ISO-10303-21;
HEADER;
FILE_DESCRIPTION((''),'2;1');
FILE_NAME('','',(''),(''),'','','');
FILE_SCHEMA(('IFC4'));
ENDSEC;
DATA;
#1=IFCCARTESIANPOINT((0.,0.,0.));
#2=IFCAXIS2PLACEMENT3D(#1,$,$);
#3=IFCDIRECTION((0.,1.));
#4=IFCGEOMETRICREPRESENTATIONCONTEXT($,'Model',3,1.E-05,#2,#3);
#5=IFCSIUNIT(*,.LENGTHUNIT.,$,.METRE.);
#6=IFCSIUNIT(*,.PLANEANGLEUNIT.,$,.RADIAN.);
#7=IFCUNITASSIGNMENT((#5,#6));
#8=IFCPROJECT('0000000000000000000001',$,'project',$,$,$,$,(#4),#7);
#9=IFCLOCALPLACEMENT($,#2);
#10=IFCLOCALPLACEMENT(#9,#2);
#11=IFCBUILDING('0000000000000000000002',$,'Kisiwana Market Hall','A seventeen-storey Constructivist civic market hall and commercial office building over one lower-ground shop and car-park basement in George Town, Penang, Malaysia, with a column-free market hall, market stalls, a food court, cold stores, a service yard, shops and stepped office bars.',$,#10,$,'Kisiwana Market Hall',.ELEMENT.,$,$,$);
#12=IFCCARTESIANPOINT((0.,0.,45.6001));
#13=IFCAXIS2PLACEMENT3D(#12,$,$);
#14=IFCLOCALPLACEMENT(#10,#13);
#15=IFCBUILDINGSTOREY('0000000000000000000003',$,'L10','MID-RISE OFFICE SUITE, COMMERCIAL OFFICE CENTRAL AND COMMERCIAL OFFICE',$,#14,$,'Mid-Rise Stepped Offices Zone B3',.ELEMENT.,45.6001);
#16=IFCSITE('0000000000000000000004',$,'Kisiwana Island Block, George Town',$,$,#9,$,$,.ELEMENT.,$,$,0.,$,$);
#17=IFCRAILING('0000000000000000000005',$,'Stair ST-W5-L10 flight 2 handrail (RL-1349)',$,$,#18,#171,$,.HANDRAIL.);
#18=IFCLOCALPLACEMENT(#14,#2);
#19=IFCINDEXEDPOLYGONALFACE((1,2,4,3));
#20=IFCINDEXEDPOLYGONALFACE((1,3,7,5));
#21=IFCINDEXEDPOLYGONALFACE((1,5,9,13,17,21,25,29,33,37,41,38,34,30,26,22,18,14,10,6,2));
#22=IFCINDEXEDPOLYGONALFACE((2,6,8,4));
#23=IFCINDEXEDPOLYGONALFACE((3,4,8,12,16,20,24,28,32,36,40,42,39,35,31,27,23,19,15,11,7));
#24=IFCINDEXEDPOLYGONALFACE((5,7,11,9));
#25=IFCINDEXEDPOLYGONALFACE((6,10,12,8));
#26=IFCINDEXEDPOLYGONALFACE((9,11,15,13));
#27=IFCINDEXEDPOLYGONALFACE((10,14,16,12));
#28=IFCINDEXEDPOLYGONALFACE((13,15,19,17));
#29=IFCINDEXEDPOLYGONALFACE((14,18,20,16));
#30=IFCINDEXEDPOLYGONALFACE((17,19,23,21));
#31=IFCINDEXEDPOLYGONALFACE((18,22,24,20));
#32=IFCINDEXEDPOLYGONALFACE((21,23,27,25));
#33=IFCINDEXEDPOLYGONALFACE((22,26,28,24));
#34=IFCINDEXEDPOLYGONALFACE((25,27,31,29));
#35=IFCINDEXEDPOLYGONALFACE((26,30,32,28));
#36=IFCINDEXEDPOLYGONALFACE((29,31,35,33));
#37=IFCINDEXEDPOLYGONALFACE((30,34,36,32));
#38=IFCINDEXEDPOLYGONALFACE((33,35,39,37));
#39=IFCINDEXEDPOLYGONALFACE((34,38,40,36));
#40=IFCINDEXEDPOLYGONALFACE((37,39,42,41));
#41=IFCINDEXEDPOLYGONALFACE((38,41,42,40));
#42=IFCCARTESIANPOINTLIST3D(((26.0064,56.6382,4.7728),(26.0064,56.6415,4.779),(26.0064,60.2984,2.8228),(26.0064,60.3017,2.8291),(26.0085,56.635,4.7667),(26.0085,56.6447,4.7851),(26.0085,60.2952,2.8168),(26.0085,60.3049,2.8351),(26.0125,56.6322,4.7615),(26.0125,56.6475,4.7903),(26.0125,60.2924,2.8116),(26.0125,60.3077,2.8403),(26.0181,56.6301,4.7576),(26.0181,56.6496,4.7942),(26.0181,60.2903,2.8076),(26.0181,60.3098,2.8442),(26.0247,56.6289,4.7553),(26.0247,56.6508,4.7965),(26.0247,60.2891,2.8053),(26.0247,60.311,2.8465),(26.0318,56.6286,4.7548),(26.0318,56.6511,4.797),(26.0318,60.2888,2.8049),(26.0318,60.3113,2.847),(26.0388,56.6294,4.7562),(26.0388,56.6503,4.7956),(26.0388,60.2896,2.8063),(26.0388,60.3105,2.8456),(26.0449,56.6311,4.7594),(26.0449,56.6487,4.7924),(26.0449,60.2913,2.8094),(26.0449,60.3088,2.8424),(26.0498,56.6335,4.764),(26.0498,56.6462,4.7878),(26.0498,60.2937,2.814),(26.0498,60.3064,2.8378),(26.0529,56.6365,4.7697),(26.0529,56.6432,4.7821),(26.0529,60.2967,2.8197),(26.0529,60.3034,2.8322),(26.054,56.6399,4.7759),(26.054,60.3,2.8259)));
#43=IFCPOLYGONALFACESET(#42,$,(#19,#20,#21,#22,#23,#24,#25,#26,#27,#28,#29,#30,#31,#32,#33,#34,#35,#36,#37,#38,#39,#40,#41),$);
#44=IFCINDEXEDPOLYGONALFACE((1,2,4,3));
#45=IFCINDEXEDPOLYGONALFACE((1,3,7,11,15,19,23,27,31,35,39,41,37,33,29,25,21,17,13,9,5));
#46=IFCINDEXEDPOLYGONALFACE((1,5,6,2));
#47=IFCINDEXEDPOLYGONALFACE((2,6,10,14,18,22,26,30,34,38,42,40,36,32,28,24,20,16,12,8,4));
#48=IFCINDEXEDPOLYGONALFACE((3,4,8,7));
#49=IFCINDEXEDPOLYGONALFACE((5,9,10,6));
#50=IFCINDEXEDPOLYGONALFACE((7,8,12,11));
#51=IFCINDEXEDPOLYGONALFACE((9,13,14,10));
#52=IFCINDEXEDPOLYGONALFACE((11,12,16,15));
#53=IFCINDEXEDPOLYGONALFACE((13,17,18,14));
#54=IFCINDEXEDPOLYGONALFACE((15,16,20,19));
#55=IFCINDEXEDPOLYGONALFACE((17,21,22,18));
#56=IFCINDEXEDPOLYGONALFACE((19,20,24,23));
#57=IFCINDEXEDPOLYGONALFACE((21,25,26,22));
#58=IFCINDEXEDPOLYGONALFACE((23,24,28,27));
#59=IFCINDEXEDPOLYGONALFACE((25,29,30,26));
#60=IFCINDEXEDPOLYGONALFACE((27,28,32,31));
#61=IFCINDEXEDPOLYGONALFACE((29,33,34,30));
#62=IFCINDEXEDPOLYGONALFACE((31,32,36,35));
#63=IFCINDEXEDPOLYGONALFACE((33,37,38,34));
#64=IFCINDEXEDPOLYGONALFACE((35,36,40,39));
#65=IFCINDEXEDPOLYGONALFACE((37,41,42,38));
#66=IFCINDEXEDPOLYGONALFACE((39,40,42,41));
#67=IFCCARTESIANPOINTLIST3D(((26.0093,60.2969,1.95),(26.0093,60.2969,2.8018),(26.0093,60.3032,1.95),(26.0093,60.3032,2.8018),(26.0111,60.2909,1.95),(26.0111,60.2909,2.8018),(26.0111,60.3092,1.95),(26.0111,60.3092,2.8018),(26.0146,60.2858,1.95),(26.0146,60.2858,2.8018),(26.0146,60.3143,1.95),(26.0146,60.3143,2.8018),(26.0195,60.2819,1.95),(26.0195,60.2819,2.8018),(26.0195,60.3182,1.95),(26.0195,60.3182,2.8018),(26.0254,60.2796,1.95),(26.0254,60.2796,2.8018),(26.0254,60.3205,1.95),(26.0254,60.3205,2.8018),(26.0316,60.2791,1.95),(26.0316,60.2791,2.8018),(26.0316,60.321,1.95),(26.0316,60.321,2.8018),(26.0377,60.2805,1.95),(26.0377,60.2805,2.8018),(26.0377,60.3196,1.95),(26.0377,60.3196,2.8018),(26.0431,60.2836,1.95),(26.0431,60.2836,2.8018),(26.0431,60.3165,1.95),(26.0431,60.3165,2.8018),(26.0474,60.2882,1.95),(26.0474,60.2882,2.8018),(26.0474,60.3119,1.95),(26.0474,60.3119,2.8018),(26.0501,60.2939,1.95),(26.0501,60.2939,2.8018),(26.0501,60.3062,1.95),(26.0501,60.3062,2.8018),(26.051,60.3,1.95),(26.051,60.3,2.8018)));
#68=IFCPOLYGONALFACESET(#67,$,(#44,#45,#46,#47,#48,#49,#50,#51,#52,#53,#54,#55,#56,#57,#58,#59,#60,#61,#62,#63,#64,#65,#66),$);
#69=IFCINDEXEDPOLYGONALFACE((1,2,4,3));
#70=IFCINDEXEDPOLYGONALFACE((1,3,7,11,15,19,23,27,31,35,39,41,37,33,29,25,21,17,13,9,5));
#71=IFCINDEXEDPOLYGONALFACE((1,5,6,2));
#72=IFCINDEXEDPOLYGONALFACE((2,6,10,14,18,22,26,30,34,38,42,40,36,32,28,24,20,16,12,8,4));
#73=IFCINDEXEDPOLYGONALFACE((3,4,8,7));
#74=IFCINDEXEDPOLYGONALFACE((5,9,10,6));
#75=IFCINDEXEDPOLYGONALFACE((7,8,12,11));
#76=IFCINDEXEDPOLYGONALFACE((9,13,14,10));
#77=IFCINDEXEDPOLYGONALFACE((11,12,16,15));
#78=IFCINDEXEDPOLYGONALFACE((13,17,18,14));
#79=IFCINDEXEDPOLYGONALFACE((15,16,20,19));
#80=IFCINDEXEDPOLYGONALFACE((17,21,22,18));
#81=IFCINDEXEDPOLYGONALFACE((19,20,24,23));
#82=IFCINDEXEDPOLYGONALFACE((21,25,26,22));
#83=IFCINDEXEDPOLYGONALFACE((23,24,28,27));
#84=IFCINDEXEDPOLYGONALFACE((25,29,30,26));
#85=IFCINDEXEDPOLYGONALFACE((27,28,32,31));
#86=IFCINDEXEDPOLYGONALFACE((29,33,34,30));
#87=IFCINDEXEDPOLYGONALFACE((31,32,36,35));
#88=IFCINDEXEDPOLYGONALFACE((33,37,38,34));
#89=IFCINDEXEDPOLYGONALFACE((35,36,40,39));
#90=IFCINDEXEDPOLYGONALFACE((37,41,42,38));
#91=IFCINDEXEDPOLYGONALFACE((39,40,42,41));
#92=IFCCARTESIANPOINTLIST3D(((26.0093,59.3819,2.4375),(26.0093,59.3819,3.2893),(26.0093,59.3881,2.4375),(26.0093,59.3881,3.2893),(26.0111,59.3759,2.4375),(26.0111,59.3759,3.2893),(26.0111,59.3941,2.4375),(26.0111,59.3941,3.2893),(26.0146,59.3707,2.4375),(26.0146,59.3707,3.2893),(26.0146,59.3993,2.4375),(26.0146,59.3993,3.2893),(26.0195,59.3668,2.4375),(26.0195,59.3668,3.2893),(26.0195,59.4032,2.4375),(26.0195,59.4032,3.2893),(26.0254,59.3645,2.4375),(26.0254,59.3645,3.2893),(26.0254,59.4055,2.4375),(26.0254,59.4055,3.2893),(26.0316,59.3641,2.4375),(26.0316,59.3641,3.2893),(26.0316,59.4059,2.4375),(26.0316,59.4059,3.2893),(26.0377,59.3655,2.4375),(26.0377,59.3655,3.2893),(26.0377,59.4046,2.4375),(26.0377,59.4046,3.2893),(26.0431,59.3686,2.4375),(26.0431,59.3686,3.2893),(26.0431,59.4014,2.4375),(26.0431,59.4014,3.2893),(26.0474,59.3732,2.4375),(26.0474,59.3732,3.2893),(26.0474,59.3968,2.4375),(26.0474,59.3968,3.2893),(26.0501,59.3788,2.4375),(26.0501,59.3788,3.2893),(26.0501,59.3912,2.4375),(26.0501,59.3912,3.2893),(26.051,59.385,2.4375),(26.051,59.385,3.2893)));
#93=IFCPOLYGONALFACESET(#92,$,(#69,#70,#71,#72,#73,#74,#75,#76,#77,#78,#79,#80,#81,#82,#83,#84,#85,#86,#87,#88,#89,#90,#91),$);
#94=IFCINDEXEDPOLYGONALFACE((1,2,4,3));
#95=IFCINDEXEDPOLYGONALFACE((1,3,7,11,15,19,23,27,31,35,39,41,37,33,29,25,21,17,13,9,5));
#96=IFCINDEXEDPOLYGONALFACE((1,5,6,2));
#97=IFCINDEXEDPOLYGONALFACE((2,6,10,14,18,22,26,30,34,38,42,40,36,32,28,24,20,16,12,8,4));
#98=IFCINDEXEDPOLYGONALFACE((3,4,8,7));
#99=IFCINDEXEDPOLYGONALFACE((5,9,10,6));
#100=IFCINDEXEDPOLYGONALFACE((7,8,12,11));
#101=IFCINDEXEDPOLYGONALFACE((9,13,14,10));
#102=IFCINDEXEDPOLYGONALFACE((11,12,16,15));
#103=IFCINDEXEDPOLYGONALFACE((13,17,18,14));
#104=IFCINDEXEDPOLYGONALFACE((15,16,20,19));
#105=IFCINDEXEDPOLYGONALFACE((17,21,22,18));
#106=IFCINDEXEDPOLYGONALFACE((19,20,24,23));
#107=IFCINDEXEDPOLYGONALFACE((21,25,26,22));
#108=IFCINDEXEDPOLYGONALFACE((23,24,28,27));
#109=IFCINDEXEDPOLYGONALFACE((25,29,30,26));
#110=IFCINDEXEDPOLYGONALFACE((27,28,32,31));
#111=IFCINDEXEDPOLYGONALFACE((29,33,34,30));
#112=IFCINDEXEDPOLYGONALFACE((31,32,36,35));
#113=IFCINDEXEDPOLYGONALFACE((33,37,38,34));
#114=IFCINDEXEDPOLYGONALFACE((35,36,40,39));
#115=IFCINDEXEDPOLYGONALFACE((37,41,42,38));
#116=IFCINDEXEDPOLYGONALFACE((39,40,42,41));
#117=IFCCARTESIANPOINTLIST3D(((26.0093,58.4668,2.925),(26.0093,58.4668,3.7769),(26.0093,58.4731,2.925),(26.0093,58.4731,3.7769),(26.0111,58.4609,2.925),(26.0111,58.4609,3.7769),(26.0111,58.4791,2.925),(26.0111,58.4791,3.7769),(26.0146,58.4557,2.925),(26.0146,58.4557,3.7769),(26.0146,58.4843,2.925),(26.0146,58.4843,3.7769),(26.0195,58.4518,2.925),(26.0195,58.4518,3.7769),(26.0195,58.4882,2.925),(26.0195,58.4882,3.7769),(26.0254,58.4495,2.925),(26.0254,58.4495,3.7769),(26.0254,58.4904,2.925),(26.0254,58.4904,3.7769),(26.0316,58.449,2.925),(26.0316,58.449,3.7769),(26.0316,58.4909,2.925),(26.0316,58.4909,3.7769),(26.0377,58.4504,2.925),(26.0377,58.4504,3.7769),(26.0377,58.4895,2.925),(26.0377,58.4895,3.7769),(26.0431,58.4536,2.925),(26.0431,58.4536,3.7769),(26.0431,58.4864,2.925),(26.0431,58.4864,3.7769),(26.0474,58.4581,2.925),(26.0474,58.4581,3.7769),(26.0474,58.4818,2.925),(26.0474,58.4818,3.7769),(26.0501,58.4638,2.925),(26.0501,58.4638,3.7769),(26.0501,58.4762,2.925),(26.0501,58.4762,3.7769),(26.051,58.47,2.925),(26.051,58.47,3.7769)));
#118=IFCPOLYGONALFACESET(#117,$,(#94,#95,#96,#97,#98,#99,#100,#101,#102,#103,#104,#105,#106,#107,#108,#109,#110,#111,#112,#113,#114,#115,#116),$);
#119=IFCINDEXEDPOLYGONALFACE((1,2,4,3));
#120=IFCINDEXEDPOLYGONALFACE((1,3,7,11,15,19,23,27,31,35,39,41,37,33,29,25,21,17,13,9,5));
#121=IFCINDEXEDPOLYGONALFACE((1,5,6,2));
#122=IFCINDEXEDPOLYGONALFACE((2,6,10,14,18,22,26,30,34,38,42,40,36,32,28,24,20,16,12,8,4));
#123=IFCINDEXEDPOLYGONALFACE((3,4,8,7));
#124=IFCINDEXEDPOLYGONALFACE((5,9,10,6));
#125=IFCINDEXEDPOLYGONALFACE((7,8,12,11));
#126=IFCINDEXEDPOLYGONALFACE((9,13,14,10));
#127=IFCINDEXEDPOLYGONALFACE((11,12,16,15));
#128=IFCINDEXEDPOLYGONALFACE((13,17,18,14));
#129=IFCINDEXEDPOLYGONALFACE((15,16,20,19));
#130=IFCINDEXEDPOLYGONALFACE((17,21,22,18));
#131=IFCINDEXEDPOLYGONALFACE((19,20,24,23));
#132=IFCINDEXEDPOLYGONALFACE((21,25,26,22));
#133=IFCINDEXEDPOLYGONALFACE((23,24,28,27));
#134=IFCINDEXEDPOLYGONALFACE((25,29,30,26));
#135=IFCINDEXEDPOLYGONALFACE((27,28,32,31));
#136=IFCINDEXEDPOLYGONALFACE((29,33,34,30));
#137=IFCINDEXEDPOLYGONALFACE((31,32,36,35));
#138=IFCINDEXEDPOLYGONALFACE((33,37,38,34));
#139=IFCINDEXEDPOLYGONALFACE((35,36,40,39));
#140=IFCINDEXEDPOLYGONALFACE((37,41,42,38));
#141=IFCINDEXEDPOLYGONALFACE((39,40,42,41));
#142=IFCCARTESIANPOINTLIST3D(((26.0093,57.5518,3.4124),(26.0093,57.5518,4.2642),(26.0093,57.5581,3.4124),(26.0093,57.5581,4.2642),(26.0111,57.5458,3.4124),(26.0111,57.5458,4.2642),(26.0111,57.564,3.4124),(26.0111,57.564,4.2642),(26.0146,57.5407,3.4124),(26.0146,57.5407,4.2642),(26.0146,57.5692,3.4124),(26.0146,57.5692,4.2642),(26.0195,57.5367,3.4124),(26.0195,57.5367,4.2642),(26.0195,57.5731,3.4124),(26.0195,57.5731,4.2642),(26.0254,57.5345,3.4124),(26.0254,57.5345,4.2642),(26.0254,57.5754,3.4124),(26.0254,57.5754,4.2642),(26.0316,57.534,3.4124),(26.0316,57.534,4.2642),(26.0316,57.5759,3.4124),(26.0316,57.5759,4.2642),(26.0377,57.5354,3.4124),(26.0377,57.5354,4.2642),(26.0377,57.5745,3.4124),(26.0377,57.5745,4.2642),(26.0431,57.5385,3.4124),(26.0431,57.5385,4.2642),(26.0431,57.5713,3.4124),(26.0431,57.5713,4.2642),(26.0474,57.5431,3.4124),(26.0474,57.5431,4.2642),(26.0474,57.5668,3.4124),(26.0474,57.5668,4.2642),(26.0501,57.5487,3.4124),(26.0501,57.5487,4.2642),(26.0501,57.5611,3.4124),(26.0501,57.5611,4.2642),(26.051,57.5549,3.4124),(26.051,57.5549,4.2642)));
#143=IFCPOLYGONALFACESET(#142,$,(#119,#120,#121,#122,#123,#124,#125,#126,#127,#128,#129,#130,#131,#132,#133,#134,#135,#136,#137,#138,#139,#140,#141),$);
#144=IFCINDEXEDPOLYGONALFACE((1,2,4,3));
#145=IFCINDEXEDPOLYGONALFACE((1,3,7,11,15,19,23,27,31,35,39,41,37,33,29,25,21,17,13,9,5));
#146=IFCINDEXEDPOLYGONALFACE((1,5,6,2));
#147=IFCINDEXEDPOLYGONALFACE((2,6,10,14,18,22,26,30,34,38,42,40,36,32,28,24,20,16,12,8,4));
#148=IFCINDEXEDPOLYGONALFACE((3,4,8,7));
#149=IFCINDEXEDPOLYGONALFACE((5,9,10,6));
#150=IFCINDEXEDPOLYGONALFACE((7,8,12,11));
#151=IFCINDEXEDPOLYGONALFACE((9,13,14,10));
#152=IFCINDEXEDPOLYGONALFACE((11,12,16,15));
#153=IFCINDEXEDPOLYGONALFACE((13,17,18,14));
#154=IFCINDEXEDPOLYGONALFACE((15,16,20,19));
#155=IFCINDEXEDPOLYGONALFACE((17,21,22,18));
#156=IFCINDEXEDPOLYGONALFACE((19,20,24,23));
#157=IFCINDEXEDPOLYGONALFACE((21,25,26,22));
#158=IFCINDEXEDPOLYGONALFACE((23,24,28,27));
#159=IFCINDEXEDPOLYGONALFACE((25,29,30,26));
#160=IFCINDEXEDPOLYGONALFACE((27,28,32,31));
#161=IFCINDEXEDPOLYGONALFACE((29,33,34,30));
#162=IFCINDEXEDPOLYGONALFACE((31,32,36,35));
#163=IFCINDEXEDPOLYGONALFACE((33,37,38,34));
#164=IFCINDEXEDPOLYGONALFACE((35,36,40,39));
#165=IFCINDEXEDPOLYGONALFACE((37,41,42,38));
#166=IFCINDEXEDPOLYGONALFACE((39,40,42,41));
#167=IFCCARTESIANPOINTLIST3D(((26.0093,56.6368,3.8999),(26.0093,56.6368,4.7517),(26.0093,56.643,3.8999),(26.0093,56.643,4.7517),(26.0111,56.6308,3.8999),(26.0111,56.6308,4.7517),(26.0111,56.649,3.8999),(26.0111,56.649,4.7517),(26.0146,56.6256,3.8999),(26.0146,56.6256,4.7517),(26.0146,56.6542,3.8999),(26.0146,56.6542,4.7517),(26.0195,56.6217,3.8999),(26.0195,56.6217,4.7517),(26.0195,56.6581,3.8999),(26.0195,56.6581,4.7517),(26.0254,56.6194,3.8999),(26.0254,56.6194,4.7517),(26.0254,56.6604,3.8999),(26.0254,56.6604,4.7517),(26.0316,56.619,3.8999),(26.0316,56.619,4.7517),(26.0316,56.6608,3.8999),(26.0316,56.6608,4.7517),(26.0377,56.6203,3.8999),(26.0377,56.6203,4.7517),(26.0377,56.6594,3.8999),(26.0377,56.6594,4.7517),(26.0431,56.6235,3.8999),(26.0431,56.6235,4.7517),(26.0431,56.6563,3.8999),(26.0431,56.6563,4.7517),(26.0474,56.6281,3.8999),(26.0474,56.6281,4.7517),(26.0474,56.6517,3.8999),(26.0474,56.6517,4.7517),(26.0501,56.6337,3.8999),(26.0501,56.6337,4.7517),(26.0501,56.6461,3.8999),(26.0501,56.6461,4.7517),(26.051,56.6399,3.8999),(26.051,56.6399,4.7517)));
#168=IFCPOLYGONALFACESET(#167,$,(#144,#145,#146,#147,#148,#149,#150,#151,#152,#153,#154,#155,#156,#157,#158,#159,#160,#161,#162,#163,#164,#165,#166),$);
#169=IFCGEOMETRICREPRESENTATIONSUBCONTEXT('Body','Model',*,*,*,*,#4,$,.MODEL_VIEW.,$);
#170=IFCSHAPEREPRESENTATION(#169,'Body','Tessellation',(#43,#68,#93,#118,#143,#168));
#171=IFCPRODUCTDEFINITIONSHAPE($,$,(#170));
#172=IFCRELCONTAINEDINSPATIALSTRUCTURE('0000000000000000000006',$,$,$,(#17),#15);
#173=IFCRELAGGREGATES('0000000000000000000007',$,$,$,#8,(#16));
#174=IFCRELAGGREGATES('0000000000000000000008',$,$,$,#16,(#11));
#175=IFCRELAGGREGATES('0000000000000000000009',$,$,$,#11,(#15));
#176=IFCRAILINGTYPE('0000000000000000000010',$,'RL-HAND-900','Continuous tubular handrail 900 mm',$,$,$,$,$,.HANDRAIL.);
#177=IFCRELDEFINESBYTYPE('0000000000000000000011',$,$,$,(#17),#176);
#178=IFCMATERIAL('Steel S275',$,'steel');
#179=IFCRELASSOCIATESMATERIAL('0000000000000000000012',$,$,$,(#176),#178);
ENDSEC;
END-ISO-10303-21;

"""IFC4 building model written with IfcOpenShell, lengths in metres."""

from ifc_helpers import new_model, si_unit, direction, frame, origin, origin_2d, place, context, subcontext, project, spatial, circle, extrude, material, type_object, element, save


model = new_model("IFC4")

# Units and contexts
model_context = context("Model", 3, precision=1e-05, world=origin(), true_north=direction((0.0, 1.0)))
body_context = subcontext(model_context, "Body", "Model", "MODEL_VIEW")
ifc_project = project(units=[si_unit("LENGTHUNIT", "METRE"), si_unit("PLANEANGLEUNIT", "RADIAN")], contexts=[model_context])

# Site, building, storey
site_placement = place(None, origin())
site = spatial("IfcSite", under=ifc_project, at=site_placement, Name="Kisiwana Island Block, George Town", CompositionType="ELEMENT", RefElevation=0.0)
building_placement = place(site_placement, origin())
building = spatial("IfcBuilding", under=site, at=building_placement, Name="Kisiwana Market Hall", Description="A seventeen-storey Constructivist civic market hall and commercial office building over one lower-ground shop and car-park basement in George Town, Penang, Malaysia, with a column-free market hall, market stalls, a food court, cold stores, a service yard, shops and stepped office bars.", LongName="Kisiwana Market Hall", CompositionType="ELEMENT")
storey_placement = place(building_placement, frame((0.0, 0.0, 45.6001)))
storey = spatial("IfcBuildingStorey", under=building, at=storey_placement, Name="L10", Description="MID-RISE OFFICE SUITE, COMMERCIAL OFFICE CENTRAL AND COMMERCIAL OFFICE", LongName="Mid-Rise Stepped Offices Zone B3", CompositionType="ELEMENT", Elevation=45.6001)

# Railing
ifc_material_1 = material(Name="Steel S275", Category="steel")
railing_type_1 = type_object("IfcRailingType", Name="RL-HAND-900", Description="Continuous tubular handrail 900 mm", PredefinedType="HANDRAIL", material=ifc_material_1)
railing_1_placement = place(storey_placement, frame((26.03, 60.3, 1.95)))
element("IfcRailing", 1, at=railing_1_placement, inside=storey, type_object=railing_type_1, Name="Stair ST-W5-L10 flight 2 handrail (RL-1349)", PredefinedType="HANDRAIL", context=body_context, shape_type="SweptSolid", body=[
    extrude(circle(Radius=0.0239, at=origin_2d()), frame((0.0, 0.0, 0.876), z_axis=(0.0, -0.882566, 0.470188), x_axis=(1.0, 0.0, 0.0)), (0.0, 0.0, 1.0), 4.1472),
    extrude(circle(Radius=0.021, at=origin_2d()), origin(), (0.0, 0.0, 1.0), 0.8518),
    extrude(circle(Radius=0.021, at=origin_2d()), frame((0.0, -0.915, 0.4875)), (0.0, 0.0, 1.0), 0.8518),
    extrude(circle(Radius=0.021, at=origin_2d()), frame((0.0, -1.8301, 0.9751)), (0.0, 0.0, 1.0), 0.8518),
    extrude(circle(Radius=0.021, at=origin_2d()), frame((0.0, -2.7451, 1.4624)), (0.0, 0.0, 1.0), 0.8518),
    extrude(circle(Radius=0.021, at=origin_2d()), frame((0.0, -3.6602, 1.95)), (0.0, 0.0, 1.0), 0.8518),
])

save(model, "model.ifc")
